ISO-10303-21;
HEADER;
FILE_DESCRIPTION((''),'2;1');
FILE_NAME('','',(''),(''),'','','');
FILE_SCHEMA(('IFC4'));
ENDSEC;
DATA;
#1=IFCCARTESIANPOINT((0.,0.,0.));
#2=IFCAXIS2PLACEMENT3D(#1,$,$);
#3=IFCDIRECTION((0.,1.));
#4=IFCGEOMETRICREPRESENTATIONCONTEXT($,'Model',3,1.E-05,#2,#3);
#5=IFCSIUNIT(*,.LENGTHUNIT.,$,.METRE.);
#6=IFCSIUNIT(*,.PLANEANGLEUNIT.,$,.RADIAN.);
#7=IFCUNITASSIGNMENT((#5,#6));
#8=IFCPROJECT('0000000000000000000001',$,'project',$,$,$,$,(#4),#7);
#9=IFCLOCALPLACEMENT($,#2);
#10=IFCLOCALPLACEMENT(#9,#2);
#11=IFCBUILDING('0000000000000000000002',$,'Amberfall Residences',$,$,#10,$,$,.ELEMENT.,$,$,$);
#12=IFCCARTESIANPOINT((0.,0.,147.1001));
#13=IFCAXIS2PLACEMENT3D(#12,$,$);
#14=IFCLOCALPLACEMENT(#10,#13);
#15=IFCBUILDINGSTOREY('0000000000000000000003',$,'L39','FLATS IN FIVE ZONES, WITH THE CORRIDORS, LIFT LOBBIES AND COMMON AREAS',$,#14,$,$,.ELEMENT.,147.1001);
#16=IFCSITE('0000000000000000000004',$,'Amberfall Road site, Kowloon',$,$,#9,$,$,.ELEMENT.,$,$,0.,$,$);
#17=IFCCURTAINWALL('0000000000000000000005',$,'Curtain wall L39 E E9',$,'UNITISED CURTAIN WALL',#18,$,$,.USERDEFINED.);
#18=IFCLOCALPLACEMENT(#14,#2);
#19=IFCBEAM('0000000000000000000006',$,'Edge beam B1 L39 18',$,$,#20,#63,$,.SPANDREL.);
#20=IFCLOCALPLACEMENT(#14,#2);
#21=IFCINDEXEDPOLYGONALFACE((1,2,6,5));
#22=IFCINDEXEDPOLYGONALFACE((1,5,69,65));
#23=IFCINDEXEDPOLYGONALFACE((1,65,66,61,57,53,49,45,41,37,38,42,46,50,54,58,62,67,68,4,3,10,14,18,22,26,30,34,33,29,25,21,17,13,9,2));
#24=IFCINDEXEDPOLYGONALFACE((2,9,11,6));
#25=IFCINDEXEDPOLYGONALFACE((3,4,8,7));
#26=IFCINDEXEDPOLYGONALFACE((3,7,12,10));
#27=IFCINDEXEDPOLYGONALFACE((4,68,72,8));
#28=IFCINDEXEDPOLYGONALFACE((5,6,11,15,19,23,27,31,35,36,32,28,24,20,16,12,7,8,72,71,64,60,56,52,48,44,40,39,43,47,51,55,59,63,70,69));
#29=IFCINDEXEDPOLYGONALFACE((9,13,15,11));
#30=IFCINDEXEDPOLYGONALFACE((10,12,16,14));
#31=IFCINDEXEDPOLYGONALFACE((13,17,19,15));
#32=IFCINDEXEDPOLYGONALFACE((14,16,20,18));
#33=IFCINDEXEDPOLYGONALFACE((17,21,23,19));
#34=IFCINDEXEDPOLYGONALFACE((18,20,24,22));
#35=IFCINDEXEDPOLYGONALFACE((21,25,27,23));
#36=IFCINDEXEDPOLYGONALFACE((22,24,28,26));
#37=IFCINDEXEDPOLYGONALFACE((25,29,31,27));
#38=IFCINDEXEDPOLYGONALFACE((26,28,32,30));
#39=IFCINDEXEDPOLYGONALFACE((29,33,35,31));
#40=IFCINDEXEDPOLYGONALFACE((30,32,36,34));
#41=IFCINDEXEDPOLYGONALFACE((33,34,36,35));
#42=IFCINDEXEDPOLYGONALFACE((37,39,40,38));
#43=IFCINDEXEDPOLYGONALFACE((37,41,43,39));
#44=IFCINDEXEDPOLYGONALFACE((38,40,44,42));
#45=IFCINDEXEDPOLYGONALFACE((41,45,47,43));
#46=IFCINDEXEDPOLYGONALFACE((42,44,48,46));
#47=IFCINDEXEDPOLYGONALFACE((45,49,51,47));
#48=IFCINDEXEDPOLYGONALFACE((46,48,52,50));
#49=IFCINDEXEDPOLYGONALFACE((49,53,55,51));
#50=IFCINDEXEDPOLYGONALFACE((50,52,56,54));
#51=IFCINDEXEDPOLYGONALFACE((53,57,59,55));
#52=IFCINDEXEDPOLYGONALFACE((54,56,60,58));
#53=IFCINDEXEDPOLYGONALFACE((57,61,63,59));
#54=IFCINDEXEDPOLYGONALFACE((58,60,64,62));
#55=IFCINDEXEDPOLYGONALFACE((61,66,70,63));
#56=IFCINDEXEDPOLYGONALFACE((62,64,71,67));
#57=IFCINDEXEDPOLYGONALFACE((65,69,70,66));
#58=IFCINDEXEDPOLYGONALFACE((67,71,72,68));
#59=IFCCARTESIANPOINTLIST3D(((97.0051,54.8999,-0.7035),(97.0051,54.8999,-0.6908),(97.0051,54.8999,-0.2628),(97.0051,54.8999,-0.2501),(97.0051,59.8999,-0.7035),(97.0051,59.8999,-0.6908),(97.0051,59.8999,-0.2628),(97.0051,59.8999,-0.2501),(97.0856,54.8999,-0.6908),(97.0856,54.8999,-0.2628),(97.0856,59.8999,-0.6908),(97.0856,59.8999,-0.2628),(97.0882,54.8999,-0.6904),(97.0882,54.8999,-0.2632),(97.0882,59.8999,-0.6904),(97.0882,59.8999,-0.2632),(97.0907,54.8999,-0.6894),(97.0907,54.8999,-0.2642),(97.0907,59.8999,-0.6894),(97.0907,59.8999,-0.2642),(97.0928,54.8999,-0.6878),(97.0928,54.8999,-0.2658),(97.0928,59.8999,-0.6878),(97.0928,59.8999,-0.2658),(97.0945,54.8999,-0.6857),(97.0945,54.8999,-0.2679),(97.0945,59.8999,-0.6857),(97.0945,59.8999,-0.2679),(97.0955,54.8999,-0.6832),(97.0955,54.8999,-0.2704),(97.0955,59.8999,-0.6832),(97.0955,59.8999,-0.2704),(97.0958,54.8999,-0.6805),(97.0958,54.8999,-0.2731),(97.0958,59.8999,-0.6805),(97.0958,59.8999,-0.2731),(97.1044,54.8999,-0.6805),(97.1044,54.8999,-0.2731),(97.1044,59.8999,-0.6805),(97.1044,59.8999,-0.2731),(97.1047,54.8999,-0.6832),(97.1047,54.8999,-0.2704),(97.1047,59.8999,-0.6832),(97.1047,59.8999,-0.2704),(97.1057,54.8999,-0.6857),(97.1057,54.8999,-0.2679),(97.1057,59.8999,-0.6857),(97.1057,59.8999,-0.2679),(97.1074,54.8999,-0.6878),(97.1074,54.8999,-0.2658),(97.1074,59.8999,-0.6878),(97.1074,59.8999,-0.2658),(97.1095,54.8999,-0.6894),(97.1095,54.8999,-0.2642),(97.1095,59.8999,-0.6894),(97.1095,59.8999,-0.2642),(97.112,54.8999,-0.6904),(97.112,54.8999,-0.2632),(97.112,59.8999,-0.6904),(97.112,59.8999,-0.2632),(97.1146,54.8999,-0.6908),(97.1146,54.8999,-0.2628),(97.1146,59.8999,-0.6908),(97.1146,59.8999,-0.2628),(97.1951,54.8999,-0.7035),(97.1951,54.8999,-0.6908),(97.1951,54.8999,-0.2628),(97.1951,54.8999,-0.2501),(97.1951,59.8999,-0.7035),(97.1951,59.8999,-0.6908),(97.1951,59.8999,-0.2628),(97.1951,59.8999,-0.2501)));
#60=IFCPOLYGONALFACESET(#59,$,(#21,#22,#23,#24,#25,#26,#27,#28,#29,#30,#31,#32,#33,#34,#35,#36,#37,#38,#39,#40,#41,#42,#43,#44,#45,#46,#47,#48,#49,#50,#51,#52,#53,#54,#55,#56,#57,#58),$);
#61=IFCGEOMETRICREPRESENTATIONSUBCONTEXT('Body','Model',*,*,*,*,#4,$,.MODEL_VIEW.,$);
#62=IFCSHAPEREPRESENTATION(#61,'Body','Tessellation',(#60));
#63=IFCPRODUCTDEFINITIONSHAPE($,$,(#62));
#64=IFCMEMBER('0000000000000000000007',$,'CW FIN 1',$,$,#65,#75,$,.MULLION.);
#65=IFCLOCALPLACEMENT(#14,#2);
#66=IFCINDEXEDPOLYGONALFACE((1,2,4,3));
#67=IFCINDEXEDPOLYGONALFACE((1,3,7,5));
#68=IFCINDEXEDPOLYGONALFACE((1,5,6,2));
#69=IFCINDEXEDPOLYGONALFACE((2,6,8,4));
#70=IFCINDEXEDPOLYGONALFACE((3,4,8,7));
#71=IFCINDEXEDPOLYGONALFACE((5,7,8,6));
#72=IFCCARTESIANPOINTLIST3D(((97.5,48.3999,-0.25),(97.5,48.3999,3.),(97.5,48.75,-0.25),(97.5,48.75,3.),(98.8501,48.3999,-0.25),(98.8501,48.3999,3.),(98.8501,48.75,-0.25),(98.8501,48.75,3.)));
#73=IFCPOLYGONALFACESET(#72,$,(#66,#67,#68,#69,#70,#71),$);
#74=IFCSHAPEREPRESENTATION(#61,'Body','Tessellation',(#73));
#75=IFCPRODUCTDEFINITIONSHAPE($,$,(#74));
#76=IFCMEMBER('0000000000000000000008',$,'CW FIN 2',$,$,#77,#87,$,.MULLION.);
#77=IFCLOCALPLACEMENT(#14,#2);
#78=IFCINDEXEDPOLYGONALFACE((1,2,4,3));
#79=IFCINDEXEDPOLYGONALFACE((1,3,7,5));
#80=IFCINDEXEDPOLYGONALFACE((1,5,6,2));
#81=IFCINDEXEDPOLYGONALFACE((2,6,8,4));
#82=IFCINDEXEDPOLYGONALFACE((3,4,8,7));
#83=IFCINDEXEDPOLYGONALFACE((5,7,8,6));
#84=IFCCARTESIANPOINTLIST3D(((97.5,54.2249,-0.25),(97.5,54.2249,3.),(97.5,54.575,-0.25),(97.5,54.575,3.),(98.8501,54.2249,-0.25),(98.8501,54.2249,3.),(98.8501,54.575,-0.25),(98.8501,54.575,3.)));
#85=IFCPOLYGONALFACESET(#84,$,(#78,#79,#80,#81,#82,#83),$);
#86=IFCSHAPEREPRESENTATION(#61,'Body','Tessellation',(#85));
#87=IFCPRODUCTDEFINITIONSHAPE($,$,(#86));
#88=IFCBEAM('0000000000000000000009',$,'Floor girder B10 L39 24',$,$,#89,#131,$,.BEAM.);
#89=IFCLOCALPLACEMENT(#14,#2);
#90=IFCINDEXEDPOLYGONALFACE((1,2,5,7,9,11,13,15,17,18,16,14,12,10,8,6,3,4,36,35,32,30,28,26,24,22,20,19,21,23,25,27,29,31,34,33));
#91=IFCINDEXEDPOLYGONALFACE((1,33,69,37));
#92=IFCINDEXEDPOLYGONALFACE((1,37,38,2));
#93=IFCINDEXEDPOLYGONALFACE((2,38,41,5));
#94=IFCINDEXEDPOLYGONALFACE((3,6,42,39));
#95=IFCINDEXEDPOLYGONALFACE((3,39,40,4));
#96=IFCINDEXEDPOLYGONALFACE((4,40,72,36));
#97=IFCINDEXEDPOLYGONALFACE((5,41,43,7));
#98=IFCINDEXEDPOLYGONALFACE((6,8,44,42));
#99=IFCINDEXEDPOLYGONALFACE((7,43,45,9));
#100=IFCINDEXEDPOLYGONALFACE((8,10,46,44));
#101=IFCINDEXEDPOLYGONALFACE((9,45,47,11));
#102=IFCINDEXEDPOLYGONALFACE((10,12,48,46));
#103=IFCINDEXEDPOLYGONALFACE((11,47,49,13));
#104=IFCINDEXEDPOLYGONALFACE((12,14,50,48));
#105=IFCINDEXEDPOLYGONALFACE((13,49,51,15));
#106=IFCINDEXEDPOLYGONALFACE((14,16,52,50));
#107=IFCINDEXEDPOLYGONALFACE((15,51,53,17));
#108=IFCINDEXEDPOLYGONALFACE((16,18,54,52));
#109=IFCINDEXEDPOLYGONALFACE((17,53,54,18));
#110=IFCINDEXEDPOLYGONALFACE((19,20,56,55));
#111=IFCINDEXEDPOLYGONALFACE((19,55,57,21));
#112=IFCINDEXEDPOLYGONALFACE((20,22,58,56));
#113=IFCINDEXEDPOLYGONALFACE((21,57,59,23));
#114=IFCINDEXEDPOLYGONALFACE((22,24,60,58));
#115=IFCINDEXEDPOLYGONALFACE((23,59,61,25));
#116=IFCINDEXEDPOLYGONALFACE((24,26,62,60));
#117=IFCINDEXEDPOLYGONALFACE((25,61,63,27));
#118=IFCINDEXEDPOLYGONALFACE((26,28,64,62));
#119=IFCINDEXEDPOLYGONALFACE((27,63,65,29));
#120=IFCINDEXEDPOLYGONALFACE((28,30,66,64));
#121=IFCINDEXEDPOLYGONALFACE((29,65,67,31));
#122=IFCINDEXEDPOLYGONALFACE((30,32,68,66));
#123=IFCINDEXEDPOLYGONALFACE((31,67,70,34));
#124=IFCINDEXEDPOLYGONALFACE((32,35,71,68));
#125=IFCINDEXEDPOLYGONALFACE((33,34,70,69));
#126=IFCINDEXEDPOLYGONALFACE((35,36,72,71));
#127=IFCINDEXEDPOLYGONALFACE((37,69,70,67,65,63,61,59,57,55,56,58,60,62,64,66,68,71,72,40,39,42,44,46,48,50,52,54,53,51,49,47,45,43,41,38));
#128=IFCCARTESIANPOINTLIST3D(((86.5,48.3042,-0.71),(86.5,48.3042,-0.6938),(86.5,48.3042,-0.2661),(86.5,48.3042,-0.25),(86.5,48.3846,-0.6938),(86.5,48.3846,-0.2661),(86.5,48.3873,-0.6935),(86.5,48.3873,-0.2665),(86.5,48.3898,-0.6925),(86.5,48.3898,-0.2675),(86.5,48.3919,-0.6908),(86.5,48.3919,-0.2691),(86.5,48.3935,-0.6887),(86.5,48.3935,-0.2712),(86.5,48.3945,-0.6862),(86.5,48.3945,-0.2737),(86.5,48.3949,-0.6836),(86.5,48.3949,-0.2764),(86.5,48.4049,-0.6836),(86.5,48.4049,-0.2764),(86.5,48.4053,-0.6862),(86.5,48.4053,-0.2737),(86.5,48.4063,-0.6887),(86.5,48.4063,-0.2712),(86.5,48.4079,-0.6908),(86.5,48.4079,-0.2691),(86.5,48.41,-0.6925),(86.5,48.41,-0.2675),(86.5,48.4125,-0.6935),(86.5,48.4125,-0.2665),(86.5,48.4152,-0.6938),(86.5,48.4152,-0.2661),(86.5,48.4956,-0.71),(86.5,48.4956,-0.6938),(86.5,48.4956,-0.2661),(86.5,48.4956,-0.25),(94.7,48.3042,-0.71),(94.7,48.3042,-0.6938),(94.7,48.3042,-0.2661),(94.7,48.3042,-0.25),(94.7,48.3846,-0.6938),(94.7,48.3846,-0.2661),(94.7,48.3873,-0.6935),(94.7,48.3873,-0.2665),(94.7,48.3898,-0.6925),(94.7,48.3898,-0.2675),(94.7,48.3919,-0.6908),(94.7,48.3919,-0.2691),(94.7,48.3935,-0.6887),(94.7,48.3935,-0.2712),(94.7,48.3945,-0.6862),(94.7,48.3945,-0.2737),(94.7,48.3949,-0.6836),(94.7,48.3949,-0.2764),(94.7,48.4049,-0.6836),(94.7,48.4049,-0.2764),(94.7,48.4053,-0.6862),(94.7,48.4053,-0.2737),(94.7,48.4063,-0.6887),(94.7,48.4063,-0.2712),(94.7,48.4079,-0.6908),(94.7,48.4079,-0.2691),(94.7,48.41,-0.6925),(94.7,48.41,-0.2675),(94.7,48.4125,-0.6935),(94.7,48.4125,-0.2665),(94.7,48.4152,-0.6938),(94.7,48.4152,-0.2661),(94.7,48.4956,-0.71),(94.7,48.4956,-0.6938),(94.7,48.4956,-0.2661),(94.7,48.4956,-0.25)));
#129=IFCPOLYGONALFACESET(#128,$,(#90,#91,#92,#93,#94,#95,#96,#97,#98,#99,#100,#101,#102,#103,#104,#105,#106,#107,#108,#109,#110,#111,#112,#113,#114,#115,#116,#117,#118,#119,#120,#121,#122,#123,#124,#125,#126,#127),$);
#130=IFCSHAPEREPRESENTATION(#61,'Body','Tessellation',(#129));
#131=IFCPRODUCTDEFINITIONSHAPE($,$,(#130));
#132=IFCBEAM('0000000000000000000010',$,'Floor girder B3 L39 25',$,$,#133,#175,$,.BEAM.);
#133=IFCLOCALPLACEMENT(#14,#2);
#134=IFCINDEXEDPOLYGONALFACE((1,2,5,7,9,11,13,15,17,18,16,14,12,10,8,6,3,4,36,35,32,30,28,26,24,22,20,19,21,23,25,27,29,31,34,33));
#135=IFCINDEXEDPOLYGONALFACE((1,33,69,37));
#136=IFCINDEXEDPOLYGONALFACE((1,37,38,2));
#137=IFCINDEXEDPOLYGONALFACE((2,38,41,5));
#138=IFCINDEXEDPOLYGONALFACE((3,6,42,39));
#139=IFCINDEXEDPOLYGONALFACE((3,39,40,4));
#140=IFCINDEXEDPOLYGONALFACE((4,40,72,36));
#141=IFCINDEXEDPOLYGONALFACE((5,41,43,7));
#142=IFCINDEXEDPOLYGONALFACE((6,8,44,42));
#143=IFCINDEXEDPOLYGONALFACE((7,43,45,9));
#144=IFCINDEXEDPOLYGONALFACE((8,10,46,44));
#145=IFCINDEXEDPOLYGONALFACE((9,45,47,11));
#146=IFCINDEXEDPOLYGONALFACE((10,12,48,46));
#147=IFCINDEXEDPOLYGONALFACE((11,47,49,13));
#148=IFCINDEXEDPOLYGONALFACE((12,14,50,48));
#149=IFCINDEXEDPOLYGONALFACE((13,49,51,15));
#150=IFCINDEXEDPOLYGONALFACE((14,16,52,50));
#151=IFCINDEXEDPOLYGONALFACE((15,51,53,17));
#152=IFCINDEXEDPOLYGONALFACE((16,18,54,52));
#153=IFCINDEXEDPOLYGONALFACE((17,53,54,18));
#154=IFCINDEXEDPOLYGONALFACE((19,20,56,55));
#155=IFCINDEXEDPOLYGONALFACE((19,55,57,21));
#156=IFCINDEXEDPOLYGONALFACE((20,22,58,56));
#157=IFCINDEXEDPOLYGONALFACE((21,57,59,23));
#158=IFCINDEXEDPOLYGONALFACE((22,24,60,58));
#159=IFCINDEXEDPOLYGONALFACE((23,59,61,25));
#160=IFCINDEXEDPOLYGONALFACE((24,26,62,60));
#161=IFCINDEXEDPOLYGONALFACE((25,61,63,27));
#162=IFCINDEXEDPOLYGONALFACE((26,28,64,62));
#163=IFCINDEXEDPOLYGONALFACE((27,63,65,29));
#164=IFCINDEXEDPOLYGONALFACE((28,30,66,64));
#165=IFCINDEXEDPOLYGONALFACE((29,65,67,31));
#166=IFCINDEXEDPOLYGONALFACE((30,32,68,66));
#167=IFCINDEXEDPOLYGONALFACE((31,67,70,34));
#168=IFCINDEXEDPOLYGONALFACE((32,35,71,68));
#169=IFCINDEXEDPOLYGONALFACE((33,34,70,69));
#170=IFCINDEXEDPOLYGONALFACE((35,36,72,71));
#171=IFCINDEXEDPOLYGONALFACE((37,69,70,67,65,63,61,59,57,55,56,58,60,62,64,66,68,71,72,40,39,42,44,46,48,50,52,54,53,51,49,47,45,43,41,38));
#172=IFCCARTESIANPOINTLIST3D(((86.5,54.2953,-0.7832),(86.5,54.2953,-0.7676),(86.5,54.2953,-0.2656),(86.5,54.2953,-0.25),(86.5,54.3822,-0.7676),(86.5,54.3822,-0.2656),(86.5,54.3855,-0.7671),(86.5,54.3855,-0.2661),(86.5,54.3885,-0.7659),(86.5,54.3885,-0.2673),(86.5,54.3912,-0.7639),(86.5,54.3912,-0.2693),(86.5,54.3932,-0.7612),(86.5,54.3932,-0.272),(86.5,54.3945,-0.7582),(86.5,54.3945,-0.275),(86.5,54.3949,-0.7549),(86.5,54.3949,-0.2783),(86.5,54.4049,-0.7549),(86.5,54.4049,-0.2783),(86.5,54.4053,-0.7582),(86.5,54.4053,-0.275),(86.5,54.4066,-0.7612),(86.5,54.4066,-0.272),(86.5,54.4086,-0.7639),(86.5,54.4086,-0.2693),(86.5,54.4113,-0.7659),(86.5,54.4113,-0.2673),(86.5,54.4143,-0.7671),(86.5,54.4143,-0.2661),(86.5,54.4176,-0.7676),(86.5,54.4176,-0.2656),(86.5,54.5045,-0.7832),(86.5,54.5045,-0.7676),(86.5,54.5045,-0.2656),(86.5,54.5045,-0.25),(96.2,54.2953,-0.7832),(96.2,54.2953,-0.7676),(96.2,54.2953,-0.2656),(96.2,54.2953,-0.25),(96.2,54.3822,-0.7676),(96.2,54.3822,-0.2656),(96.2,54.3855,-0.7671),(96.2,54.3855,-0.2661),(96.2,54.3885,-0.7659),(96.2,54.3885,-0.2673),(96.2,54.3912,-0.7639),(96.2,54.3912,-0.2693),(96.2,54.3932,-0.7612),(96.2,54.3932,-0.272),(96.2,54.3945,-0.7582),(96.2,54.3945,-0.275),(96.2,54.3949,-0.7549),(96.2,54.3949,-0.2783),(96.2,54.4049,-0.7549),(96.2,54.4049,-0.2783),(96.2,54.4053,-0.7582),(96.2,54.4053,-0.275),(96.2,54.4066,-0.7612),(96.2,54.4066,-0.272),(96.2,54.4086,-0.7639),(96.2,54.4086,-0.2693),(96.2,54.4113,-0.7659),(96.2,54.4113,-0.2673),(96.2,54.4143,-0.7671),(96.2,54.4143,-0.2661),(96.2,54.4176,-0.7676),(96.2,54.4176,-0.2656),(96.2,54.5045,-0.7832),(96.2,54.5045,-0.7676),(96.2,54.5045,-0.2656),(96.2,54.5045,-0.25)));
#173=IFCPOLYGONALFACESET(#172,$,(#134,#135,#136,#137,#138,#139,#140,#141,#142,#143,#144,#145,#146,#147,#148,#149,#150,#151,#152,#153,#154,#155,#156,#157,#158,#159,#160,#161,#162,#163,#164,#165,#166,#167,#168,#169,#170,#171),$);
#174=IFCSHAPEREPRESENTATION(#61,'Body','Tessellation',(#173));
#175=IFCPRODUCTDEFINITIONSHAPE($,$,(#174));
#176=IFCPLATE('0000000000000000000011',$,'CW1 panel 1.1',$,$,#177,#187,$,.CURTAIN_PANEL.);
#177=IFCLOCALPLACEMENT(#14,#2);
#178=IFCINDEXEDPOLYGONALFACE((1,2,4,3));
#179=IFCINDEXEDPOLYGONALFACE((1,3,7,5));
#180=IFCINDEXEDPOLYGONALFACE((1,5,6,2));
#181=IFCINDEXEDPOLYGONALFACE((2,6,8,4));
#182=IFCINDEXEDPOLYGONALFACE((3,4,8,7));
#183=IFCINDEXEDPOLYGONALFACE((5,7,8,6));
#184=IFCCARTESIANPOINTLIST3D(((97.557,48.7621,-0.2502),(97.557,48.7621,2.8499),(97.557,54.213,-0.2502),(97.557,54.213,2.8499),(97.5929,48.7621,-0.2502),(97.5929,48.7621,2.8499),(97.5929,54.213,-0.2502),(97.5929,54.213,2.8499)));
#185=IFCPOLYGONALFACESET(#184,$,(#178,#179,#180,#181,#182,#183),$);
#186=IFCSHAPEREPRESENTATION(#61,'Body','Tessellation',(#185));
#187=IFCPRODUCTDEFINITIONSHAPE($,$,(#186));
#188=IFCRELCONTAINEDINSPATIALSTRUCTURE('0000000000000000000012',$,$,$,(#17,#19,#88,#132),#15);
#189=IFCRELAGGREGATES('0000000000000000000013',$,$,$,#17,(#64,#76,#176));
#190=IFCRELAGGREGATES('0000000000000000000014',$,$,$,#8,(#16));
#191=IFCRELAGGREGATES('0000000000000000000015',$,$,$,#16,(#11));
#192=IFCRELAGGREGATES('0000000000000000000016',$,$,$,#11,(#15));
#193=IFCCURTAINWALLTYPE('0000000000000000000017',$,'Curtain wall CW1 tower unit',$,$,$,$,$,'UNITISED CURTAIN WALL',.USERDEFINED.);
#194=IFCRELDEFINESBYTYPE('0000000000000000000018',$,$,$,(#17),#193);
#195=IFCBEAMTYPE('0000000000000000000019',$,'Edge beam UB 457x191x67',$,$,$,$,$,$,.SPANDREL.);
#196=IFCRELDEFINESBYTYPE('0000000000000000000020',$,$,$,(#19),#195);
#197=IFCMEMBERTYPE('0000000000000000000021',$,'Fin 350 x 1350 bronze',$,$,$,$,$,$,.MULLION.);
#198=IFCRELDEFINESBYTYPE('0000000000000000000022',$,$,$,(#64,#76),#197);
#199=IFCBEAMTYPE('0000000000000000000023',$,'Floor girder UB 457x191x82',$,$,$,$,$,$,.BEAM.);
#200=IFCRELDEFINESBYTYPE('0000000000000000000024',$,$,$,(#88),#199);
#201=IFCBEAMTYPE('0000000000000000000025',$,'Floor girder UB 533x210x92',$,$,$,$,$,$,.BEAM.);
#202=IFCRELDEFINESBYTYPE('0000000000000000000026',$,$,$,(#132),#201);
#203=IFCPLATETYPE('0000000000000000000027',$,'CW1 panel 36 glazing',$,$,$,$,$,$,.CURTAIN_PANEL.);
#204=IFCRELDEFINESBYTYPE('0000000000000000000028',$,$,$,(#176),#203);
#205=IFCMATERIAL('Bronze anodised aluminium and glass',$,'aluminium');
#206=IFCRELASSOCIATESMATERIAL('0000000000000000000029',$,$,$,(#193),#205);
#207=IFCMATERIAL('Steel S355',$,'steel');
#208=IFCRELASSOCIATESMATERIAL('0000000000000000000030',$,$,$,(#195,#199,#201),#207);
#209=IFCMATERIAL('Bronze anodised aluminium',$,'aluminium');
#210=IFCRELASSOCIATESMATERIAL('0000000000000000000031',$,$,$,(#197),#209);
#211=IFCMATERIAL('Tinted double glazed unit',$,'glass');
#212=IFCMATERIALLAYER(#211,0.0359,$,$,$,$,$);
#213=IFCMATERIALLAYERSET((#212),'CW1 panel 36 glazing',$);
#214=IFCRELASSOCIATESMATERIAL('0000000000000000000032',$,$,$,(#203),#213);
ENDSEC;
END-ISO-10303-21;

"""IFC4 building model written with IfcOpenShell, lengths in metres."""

from ifc_helpers import new_model, si_unit, direction, frame, origin, origin_2d, place, context, subcontext, project, spatial, rectangle, i_section, extrude, material, layer, layer_set, material_profile, profile_set, type_object, element, aggregate, save


model = new_model("IFC4")

# Units and contexts
model_context = context("Model", 3, precision=1e-05, world=origin(), true_north=direction((0.0, 1.0)))
body_context = subcontext(model_context, "Body", "Model", "MODEL_VIEW")
ifc_project = project(units=[si_unit("LENGTHUNIT", "METRE"), si_unit("PLANEANGLEUNIT", "RADIAN")], contexts=[model_context])

# Site, building, storey
site_placement = place(None, origin())
site = spatial("IfcSite", under=ifc_project, at=site_placement, Name="Amberfall Road site, Kowloon", CompositionType="ELEMENT", RefElevation=0.0)
building_placement = place(site_placement, origin())
building = spatial("IfcBuilding", under=site, at=building_placement, Name="Amberfall Residences", CompositionType="ELEMENT")
storey_placement = place(building_placement, frame((0.0, 0.0, 147.1001)))
storey = spatial("IfcBuildingStorey", under=building, at=storey_placement, Name="L39", Description="FLATS IN FIVE ZONES, WITH THE CORRIDORS, LIFT LOBBIES AND COMMON AREAS", CompositionType="ELEMENT", Elevation=147.1001)

# Curtain wall
ifc_material_1 = material(Name="Bronze anodised aluminium and glass", Category="aluminium")
curtain_wall_type = type_object("IfcCurtainWallType", Name="Curtain wall CW1 tower unit", ElementType="UNITISED CURTAIN WALL", PredefinedType="USERDEFINED", material=ifc_material_1)
curtain_wall_placement = place(storey_placement, origin())
curtain_wall = element("IfcCurtainWall", 1, at=curtain_wall_placement, inside=storey, type_object=curtain_wall_type, Name="Curtain wall L39 E E9", ObjectType="UNITISED CURTAIN WALL", PredefinedType="USERDEFINED")
ifc_material_2 = material(Name="Bronze anodised aluminium", Category="aluminium")

# Beam
ifc_material_3 = material(Name="Steel S355", Category="steel")
ifc_material_profile_1 = material_profile(ifc_material_3, i_section(OverallWidth=0.1899, OverallDepth=0.4534, WebThickness=0.0085, FlangeThickness=0.0127, FilletRadius=0.0103, at=origin_2d()), Name="UB 457x191x67")
ifc_profile_set_1 = profile_set([ifc_material_profile_1], Name="Steel S355")
beam_type_1 = type_object("IfcBeamType", Name="Edge beam UB 457x191x67", PredefinedType="SPANDREL", material=ifc_profile_set_1)
beam_1_placement = place(storey_placement, frame((97.1001, 54.8999, -0.4768), z_axis=(0.0, 1.0, 0.0), x_axis=(-1.0, 0.0, 0.0)))
element("IfcBeam", 2, at=beam_1_placement, inside=storey, type_object=beam_type_1, Name="Edge beam B1 L39 18", PredefinedType="SPANDREL", context=body_context, shape_type="SweptSolid", body=[
    extrude(i_section(OverallWidth=0.1899, OverallDepth=0.4534, WebThickness=0.0085, FlangeThickness=0.0127, FilletRadius=0.0103, at=origin_2d()), origin(), (0.0, 0.0, 1.0), 5.0),
])

# Members
ifc_material_profile_2 = material_profile(ifc_material_2, rectangle(XDim=1.3501, YDim=0.3501, at=origin_2d()), Name="Fin 350 x 1350 bronze")
ifc_profile_set_2 = profile_set([ifc_material_profile_2], Name="Bronze anodised aluminium")
member_type_1 = type_object("IfcMemberType", Name="Fin 350 x 1350 bronze", PredefinedType="MULLION", material=ifc_profile_set_2)
member_1_placement = place(storey_placement, frame((98.175, 48.575, -0.25), z_axis=(0.0, 0.0, 1.0), x_axis=(-1.0, 0.0, 0.0)))
member_1 = element("IfcMember", 3, at=member_1_placement, type_object=member_type_1, Name="CW FIN 1", PredefinedType="MULLION", context=body_context, shape_type="SweptSolid", body=[
    extrude(rectangle(XDim=1.3501, YDim=0.3501, at=origin_2d()), origin(), (0.0, 0.0, 1.0), 3.25),
])
member_2_placement = place(storey_placement, frame((98.175, 54.3999, -0.25), z_axis=(0.0, 0.0, 1.0), x_axis=(-1.0, 0.0, 0.0)))
member_2 = element("IfcMember", 4, at=member_2_placement, type_object=member_type_1, Name="CW FIN 2", PredefinedType="MULLION", context=body_context, shape_type="SweptSolid", body=[
    extrude(rectangle(XDim=1.3501, YDim=0.3501, at=origin_2d()), origin(), (0.0, 0.0, 1.0), 3.25),
])

# Beams
ifc_material_profile_3 = material_profile(ifc_material_3, i_section(OverallWidth=0.1914, OverallDepth=0.46, WebThickness=0.01, FlangeThickness=0.0161, FilletRadius=0.0103, at=origin_2d()), Name="UB 457x191x82")
ifc_profile_set_3 = profile_set([ifc_material_profile_3], Name="Steel S355")
beam_type_2 = type_object("IfcBeamType", Name="Floor girder UB 457x191x82", PredefinedType="BEAM", material=ifc_profile_set_3)
beam_2_placement = place(storey_placement, frame((94.7, 48.3999, -0.48), z_axis=(-1.0, 0.0, 0.0), x_axis=(0.0, -1.0, 0.0)))
element("IfcBeam", 5, at=beam_2_placement, inside=storey, type_object=beam_type_2, Name="Floor girder B10 L39 24", PredefinedType="BEAM", context=body_context, shape_type="SweptSolid", body=[
    extrude(i_section(OverallWidth=0.1914, OverallDepth=0.46, WebThickness=0.01, FlangeThickness=0.0161, FilletRadius=0.0103, at=origin_2d()), origin(), (0.0, 0.0, 1.0), 8.2),
])
ifc_material_profile_4 = material_profile(ifc_material_3, i_section(OverallWidth=0.2092, OverallDepth=0.5332, WebThickness=0.01, FlangeThickness=0.0156, FilletRadius=0.0127, at=origin_2d()), Name="UB 533x210x92")
ifc_profile_set_4 = profile_set([ifc_material_profile_4], Name="Steel S355")
beam_type_3 = type_object("IfcBeamType", Name="Floor girder UB 533x210x92", PredefinedType="BEAM", material=ifc_profile_set_4)
beam_3_placement = place(storey_placement, frame((96.2, 54.3999, -0.5166), z_axis=(-1.0, 0.0, 0.0), x_axis=(0.0, -1.0, 0.0)))
element("IfcBeam", 6, at=beam_3_placement, inside=storey, type_object=beam_type_3, Name="Floor girder B3 L39 25", PredefinedType="BEAM", context=body_context, shape_type="SweptSolid", body=[
    extrude(i_section(OverallWidth=0.2092, OverallDepth=0.5332, WebThickness=0.01, FlangeThickness=0.0156, FilletRadius=0.0127, at=origin_2d()), origin(), (0.0, 0.0, 1.0), 9.7),
])

# Plate
ifc_material_4 = material(Name="Tinted double glazed unit", Category="glass")
ifc_layer_1 = layer(ifc_material_4, 0.0359)
ifc_layer_set_1 = layer_set([ifc_layer_1], Name="CW1 panel 36 glazing")
plate_type = type_object("IfcPlateType", Name="CW1 panel 36 glazing", PredefinedType="CURTAIN_PANEL", material=ifc_layer_set_1)
plate_placement = place(storey_placement, frame((97.575, 51.4875, -0.2502), z_axis=(0.0, 0.0, 1.0), x_axis=(0.0, 1.0, 0.0)))
plate = element("IfcPlate", 7, at=plate_placement, type_object=plate_type, Name="CW1 panel 1.1", PredefinedType="CURTAIN_PANEL", context=body_context, shape_type="SweptSolid", body=[
    extrude(rectangle(XDim=5.4509, YDim=0.0359, at=origin_2d()), origin(), (0.0, 0.0, 1.0), 3.1001),
])
aggregate(curtain_wall, [member_1, member_2, plate])

save(model, "model.ifc")
